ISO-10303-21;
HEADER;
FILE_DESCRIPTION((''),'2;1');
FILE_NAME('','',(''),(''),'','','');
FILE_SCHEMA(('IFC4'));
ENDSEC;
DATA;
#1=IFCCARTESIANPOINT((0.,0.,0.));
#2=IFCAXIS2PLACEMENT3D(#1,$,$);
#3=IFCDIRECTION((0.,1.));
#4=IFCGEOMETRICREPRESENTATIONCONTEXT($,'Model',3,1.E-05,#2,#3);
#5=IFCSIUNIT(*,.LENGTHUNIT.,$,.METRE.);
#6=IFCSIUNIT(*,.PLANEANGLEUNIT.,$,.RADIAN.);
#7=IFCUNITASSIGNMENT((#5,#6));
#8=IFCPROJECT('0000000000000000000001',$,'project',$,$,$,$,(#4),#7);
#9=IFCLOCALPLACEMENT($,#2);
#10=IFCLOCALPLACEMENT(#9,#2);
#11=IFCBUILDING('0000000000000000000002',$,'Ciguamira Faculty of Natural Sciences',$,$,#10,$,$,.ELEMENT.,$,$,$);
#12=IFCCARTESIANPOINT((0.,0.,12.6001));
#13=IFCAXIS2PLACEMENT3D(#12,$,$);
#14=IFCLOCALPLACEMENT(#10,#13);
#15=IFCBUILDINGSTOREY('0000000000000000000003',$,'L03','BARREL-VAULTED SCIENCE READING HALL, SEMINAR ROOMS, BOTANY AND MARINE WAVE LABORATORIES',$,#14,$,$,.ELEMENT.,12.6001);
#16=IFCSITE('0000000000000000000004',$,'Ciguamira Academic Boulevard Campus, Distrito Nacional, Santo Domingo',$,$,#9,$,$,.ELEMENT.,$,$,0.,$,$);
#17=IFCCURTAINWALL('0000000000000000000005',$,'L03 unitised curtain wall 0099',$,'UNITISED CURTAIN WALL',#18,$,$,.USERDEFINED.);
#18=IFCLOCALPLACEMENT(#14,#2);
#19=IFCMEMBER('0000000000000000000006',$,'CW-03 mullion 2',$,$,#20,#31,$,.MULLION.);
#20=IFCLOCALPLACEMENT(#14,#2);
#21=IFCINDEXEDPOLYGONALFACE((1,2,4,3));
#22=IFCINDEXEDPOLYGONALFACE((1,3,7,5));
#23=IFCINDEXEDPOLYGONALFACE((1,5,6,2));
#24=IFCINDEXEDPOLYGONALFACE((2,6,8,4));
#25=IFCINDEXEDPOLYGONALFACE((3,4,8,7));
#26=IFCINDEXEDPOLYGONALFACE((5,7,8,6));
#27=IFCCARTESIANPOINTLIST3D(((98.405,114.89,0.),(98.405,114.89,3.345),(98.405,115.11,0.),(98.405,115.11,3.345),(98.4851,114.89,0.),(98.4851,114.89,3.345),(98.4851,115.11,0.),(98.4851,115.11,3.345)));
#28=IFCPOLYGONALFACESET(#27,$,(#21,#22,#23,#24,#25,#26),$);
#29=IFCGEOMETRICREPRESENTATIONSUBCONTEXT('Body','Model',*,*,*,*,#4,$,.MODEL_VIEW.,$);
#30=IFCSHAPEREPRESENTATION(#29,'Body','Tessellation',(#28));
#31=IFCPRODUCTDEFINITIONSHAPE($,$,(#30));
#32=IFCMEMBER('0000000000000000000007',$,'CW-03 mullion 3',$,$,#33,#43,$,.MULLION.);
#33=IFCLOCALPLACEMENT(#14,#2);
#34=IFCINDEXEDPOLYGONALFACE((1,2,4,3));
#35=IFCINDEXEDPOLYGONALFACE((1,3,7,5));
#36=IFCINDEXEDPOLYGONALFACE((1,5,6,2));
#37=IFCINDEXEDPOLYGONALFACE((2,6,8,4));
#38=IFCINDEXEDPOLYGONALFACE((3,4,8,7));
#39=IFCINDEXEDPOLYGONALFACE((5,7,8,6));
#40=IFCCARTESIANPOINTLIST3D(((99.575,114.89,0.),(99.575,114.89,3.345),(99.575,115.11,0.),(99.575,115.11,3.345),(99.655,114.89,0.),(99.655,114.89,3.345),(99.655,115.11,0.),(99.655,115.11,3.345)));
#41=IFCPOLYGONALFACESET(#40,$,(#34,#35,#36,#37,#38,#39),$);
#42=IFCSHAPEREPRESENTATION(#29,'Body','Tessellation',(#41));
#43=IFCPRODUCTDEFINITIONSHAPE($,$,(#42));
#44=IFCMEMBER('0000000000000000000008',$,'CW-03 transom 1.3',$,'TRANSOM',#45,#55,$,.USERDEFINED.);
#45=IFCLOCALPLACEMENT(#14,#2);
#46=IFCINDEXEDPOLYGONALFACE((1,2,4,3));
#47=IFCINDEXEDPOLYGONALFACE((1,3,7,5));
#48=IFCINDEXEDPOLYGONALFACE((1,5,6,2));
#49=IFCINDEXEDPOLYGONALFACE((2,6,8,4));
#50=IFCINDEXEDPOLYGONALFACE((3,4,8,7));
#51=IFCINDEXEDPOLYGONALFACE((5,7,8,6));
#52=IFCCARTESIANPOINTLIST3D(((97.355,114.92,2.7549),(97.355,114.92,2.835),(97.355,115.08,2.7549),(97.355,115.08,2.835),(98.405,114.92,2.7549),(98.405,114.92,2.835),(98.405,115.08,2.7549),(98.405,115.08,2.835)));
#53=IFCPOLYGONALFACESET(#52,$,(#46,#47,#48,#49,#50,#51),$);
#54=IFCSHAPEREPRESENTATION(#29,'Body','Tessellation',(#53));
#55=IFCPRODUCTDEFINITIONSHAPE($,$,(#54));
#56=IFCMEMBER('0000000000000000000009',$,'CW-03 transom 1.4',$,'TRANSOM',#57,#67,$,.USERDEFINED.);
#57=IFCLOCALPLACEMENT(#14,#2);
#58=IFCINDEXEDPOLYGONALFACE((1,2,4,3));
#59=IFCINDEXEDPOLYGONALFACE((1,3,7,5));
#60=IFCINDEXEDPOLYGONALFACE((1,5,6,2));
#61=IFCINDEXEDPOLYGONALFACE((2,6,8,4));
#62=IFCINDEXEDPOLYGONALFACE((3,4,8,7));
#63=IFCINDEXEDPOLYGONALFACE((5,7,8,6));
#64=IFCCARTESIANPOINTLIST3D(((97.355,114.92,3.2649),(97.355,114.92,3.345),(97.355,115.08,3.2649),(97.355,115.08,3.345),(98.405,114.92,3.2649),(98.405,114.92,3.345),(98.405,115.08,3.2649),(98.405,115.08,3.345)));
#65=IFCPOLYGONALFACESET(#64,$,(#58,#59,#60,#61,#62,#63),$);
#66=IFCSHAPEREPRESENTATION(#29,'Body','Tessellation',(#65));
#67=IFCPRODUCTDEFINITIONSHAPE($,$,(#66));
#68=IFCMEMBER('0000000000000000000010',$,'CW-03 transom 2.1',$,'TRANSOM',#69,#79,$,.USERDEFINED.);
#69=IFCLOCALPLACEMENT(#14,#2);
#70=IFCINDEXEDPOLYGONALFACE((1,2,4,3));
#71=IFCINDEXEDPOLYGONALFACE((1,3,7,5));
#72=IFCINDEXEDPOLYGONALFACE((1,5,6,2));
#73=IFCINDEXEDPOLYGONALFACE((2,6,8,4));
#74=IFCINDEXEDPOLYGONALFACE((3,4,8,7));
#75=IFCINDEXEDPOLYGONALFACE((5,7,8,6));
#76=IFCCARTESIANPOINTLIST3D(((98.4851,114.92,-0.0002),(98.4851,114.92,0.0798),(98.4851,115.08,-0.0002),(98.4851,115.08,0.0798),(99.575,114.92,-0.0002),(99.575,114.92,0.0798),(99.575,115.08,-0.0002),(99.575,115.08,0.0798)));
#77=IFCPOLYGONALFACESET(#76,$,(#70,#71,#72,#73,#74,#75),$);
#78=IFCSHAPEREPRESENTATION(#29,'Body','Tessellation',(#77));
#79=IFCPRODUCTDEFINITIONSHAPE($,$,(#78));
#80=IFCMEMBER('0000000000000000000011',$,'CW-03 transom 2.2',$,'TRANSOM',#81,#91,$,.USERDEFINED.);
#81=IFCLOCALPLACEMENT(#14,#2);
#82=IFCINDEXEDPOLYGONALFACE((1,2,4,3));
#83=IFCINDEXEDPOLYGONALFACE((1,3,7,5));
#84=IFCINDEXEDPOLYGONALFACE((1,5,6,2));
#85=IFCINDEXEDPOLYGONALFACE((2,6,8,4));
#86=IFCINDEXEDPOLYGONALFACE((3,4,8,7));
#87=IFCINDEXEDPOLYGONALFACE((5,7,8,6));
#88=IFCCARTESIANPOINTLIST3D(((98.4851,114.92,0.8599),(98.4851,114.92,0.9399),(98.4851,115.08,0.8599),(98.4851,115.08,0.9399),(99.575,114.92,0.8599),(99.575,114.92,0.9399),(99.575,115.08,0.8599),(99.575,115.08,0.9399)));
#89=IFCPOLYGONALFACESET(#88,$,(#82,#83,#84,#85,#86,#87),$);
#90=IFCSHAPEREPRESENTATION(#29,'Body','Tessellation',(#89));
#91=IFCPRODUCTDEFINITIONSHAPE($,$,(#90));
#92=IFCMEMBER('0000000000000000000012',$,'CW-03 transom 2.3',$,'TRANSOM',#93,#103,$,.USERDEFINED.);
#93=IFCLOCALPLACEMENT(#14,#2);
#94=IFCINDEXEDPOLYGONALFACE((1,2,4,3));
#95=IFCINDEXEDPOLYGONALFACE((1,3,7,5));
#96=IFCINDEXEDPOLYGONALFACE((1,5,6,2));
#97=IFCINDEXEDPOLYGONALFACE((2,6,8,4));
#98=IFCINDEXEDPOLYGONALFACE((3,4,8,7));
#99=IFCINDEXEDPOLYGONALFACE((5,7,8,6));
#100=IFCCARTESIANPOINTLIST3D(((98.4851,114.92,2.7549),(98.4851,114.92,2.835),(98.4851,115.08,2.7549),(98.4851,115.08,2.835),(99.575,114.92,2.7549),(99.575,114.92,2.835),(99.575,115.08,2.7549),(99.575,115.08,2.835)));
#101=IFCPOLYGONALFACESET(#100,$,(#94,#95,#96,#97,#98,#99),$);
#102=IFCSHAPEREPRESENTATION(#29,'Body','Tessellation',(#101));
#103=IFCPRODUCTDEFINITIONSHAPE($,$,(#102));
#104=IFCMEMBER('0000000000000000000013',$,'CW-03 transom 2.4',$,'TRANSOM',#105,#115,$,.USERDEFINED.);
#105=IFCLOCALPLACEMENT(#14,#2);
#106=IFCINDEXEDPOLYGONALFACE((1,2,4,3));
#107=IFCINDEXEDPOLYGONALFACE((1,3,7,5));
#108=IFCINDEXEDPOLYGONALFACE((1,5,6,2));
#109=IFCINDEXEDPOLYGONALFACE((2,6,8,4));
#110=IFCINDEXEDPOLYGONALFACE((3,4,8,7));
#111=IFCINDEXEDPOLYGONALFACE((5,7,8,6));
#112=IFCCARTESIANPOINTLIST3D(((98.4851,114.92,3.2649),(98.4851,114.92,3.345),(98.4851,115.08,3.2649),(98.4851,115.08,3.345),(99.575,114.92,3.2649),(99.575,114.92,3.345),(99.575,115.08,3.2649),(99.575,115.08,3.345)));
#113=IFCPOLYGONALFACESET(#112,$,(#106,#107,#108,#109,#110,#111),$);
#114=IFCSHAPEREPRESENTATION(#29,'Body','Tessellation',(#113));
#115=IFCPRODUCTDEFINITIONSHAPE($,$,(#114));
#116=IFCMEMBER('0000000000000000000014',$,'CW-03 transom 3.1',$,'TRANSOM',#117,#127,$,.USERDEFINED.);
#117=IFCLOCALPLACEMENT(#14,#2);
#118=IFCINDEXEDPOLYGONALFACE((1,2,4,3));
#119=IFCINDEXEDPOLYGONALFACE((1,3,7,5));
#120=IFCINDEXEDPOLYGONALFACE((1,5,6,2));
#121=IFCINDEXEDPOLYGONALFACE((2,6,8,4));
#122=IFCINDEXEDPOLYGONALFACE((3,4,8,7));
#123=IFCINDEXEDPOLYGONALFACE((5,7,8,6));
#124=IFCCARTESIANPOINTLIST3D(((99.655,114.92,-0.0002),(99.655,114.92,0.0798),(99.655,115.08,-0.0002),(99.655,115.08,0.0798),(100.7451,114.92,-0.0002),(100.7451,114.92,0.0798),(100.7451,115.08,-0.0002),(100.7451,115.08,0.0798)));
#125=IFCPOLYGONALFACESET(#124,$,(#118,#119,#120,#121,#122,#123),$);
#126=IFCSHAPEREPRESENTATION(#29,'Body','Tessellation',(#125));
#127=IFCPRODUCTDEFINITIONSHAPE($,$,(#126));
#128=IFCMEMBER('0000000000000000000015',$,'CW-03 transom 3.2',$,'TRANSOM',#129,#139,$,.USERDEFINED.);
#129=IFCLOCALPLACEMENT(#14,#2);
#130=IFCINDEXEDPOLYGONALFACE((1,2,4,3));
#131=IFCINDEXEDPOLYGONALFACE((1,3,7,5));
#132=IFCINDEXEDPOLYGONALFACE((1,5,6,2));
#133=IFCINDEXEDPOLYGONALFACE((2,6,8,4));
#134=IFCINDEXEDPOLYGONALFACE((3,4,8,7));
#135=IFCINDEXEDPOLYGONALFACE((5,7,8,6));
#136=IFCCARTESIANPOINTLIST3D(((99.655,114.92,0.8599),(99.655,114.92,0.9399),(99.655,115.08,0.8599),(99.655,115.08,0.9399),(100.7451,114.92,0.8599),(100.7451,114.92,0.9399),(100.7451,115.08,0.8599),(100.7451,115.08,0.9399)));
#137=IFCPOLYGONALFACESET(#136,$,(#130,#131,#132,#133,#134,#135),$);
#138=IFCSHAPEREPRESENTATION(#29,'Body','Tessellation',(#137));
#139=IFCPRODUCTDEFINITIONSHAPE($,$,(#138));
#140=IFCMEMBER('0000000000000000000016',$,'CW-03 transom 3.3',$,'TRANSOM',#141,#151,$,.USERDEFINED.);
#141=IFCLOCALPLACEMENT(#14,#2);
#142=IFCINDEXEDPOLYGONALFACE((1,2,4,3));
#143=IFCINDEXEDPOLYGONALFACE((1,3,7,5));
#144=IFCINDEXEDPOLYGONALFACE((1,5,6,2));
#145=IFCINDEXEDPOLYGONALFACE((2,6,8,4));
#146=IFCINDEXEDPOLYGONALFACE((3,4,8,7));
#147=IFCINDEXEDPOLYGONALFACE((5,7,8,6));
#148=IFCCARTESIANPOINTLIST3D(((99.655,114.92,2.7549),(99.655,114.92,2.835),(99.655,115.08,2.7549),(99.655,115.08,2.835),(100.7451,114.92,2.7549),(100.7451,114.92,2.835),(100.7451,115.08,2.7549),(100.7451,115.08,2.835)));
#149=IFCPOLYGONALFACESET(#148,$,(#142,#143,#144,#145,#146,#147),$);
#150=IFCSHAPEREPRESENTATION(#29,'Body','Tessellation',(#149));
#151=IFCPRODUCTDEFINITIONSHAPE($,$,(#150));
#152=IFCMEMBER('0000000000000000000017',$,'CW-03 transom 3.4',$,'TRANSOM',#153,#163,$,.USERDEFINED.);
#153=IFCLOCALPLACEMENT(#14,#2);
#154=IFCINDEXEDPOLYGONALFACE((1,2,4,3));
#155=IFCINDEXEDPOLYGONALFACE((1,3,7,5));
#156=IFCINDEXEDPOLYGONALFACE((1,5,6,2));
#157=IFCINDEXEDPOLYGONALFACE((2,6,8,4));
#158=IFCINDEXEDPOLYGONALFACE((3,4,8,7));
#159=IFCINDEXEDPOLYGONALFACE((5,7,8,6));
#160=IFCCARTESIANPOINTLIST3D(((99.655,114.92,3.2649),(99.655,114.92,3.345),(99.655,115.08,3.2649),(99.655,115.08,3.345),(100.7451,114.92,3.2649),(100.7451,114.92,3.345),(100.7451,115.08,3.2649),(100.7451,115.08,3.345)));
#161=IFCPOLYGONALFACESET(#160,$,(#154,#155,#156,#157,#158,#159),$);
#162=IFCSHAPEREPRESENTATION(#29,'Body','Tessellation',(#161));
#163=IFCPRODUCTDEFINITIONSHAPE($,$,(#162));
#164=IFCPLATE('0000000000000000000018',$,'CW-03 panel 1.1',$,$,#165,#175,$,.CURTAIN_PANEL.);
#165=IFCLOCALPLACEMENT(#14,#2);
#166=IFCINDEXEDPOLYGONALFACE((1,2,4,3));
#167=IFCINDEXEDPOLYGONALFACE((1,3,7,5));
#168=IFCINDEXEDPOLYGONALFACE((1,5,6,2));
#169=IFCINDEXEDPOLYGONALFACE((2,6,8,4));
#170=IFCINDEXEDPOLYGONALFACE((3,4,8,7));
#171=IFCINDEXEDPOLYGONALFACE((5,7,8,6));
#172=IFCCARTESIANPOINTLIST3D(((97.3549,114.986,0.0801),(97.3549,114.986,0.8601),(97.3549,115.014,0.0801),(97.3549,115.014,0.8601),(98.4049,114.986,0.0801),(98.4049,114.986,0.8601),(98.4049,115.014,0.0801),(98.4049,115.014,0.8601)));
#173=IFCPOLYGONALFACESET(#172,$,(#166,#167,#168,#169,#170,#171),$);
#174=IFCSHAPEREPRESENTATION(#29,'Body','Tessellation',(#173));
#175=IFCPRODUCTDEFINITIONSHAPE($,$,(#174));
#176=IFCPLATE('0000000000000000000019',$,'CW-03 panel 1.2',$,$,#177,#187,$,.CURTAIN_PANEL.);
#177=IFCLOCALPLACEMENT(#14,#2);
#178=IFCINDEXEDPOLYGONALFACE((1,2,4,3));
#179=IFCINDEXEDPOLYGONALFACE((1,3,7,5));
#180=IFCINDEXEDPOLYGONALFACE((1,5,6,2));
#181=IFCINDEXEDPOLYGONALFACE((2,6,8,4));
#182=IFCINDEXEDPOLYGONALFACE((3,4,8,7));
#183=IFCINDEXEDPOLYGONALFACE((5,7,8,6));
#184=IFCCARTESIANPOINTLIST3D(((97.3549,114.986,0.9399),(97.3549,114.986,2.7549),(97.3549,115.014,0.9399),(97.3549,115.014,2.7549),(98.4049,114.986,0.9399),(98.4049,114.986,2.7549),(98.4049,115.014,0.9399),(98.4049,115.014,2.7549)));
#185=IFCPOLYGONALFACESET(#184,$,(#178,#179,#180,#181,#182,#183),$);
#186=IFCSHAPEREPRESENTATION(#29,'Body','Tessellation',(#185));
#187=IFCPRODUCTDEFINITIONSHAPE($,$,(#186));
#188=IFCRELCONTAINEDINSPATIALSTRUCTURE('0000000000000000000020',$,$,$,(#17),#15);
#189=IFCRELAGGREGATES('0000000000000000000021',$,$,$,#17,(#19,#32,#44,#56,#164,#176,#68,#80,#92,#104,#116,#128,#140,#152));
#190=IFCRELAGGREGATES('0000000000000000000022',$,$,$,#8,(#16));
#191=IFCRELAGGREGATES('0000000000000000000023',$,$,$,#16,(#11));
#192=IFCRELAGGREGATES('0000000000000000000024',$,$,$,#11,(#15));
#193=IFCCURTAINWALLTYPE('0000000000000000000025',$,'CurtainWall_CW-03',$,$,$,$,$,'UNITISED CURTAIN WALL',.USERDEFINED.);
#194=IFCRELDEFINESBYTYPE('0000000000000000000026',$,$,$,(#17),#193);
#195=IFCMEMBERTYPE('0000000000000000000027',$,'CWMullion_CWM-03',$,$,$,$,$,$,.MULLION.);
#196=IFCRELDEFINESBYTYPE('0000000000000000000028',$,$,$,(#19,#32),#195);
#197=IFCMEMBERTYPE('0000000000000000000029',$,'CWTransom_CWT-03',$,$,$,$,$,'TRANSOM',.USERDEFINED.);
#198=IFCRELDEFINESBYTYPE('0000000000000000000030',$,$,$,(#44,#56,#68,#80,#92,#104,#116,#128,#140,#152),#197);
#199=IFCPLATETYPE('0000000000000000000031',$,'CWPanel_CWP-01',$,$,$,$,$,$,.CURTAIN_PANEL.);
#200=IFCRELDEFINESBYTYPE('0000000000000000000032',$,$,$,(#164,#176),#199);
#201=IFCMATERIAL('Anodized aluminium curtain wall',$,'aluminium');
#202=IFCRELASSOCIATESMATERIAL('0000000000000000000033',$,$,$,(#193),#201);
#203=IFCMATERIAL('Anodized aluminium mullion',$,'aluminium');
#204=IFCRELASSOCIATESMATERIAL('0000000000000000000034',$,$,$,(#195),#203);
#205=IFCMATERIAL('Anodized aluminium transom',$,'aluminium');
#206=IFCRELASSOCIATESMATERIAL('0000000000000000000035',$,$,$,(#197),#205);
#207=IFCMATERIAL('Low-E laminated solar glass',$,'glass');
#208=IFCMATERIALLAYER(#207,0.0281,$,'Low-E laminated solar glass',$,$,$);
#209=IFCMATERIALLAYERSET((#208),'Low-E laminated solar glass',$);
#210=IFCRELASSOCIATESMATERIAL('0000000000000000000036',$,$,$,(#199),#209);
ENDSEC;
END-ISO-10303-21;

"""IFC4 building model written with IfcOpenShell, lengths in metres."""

from ifc_helpers import new_model, si_unit, direction, frame, origin, origin_2d, place, context, subcontext, project, spatial, rectangle, extrude, material, layer, layer_set, material_profile, profile_set, type_object, element, aggregate, save


model = new_model("IFC4")

# Units and contexts
model_context = context("Model", 3, precision=1e-05, world=origin(), true_north=direction((0.0, 1.0)))
body_context = subcontext(model_context, "Body", "Model", "MODEL_VIEW")
ifc_project = project(units=[si_unit("LENGTHUNIT", "METRE"), si_unit("PLANEANGLEUNIT", "RADIAN")], contexts=[model_context])

# Site, building, storey
site_placement = place(None, origin())
site = spatial("IfcSite", under=ifc_project, at=site_placement, Name="Ciguamira Academic Boulevard Campus, Distrito Nacional, Santo Domingo", CompositionType="ELEMENT", RefElevation=0.0)
building_placement = place(site_placement, origin())
building = spatial("IfcBuilding", under=site, at=building_placement, Name="Ciguamira Faculty of Natural Sciences", CompositionType="ELEMENT")
storey_placement = place(building_placement, frame((0.0, 0.0, 12.6001)))
storey = spatial("IfcBuildingStorey", under=building, at=storey_placement, Name="L03", Description="BARREL-VAULTED SCIENCE READING HALL, SEMINAR ROOMS, BOTANY AND MARINE WAVE LABORATORIES", CompositionType="ELEMENT", Elevation=12.6001)

# Curtain wall, members, plates
ifc_material_1 = material(Name="Anodized aluminium curtain wall", Category="aluminium")
curtain_wall_type = type_object("IfcCurtainWallType", Name="CurtainWall_CW-03", ElementType="UNITISED CURTAIN WALL", PredefinedType="USERDEFINED", material=ifc_material_1)
curtain_wall_placement = place(storey_placement, origin())
curtain_wall = element("IfcCurtainWall", 1, at=curtain_wall_placement, inside=storey, type_object=curtain_wall_type, Name="L03 unitised curtain wall 0099", ObjectType="UNITISED CURTAIN WALL", PredefinedType="USERDEFINED")
ifc_material_2 = material(Name="Anodized aluminium mullion", Category="aluminium")
ifc_material_profile_1 = material_profile(ifc_material_2, rectangle(XDim=0.0801, YDim=0.22, at=origin_2d()), Name="ALU-MUL-80X220")
ifc_profile_set_1 = profile_set([ifc_material_profile_1], Name="Anodized aluminium mullion")
member_type_1 = type_object("IfcMemberType", Name="CWMullion_CWM-03", PredefinedType="MULLION", material=ifc_profile_set_1)
member_1_placement = place(storey_placement, frame((98.4451, 115.0, 0.0), z_axis=(0.0, 0.0, 1.0), x_axis=(1.0, 0.0, 0.0)))
member_1 = element("IfcMember", 2, at=member_1_placement, type_object=member_type_1, Name="CW-03 mullion 2", PredefinedType="MULLION", context=body_context, shape_type="SweptSolid", body=[
    extrude(rectangle(XDim=0.0801, YDim=0.22, at=origin_2d()), origin(), (0.0, 0.0, 1.0), 3.345),
])
member_2_placement = place(storey_placement, frame((99.615, 115.0, 0.0), z_axis=(0.0, 0.0, 1.0), x_axis=(1.0, 0.0, 0.0)))
member_2 = element("IfcMember", 3, at=member_2_placement, type_object=member_type_1, Name="CW-03 mullion 3", PredefinedType="MULLION", context=body_context, shape_type="SweptSolid", body=[
    extrude(rectangle(XDim=0.0801, YDim=0.22, at=origin_2d()), origin(), (0.0, 0.0, 1.0), 3.345),
])
ifc_material_3 = material(Name="Anodized aluminium transom", Category="aluminium")
ifc_material_profile_2 = material_profile(ifc_material_3, rectangle(XDim=0.0801, YDim=0.1599, at=origin_2d()), Name="ALU-TRN-80X160")
ifc_profile_set_2 = profile_set([ifc_material_profile_2], Name="Anodized aluminium transom")
member_type_2 = type_object("IfcMemberType", Name="CWTransom_CWT-03", ElementType="TRANSOM", PredefinedType="USERDEFINED", material=ifc_profile_set_2)
member_3_placement = place(storey_placement, frame((97.355, 115.0, 2.7949), z_axis=(1.0, 0.0, 0.0), x_axis=(0.0, 0.0, 1.0)))
member_3 = element("IfcMember", 4, at=member_3_placement, type_object=member_type_2, Name="CW-03 transom 1.3", ObjectType="TRANSOM", PredefinedType="USERDEFINED", context=body_context, shape_type="SweptSolid", body=[
    extrude(rectangle(XDim=0.0801, YDim=0.1599, at=origin_2d()), origin(), (0.0, 0.0, 1.0), 1.05),
])
member_4_placement = place(storey_placement, frame((97.355, 115.0, 3.3049), z_axis=(1.0, 0.0, 0.0), x_axis=(0.0, 0.0, 1.0)))
member_4 = element("IfcMember", 5, at=member_4_placement, type_object=member_type_2, Name="CW-03 transom 1.4", ObjectType="TRANSOM", PredefinedType="USERDEFINED", context=body_context, shape_type="SweptSolid", body=[
    extrude(rectangle(XDim=0.0801, YDim=0.1599, at=origin_2d()), origin(), (0.0, 0.0, 1.0), 1.05),
])
member_5_placement = place(storey_placement, frame((98.4851, 115.0, 0.0398), z_axis=(1.0, 0.0, 0.0), x_axis=(0.0, 0.0, 1.0)))
member_5 = element("IfcMember", 6, at=member_5_placement, type_object=member_type_2, Name="CW-03 transom 2.1", ObjectType="TRANSOM", PredefinedType="USERDEFINED", context=body_context, shape_type="SweptSolid", body=[
    extrude(rectangle(XDim=0.0801, YDim=0.1599, at=origin_2d()), origin(), (0.0, 0.0, 1.0), 1.0898),
])
member_6_placement = place(storey_placement, frame((98.4851, 115.0, 0.8999), z_axis=(1.0, 0.0, 0.0), x_axis=(0.0, 0.0, 1.0)))
member_6 = element("IfcMember", 7, at=member_6_placement, type_object=member_type_2, Name="CW-03 transom 2.2", ObjectType="TRANSOM", PredefinedType="USERDEFINED", context=body_context, shape_type="SweptSolid", body=[
    extrude(rectangle(XDim=0.0801, YDim=0.1599, at=origin_2d()), origin(), (0.0, 0.0, 1.0), 1.0898),
])
member_7_placement = place(storey_placement, frame((98.4851, 115.0, 2.7949), z_axis=(1.0, 0.0, 0.0), x_axis=(0.0, 0.0, 1.0)))
member_7 = element("IfcMember", 8, at=member_7_placement, type_object=member_type_2, Name="CW-03 transom 2.3", ObjectType="TRANSOM", PredefinedType="USERDEFINED", context=body_context, shape_type="SweptSolid", body=[
    extrude(rectangle(XDim=0.0801, YDim=0.1599, at=origin_2d()), origin(), (0.0, 0.0, 1.0), 1.0898),
])
member_8_placement = place(storey_placement, frame((98.4851, 115.0, 3.3049), z_axis=(1.0, 0.0, 0.0), x_axis=(0.0, 0.0, 1.0)))
member_8 = element("IfcMember", 9, at=member_8_placement, type_object=member_type_2, Name="CW-03 transom 2.4", ObjectType="TRANSOM", PredefinedType="USERDEFINED", context=body_context, shape_type="SweptSolid", body=[
    extrude(rectangle(XDim=0.0801, YDim=0.1599, at=origin_2d()), origin(), (0.0, 0.0, 1.0), 1.0898),
])
member_9_placement = place(storey_placement, frame((99.655, 115.0, 0.0398), z_axis=(1.0, 0.0, 0.0), x_axis=(0.0, 0.0, 1.0)))
member_9 = element("IfcMember", 10, at=member_9_placement, type_object=member_type_2, Name="CW-03 transom 3.1", ObjectType="TRANSOM", PredefinedType="USERDEFINED", context=body_context, shape_type="SweptSolid", body=[
    extrude(rectangle(XDim=0.0801, YDim=0.1599, at=origin_2d()), origin(), (0.0, 0.0, 1.0), 1.0901),
])
member_10_placement = place(storey_placement, frame((99.655, 115.0, 0.8999), z_axis=(1.0, 0.0, 0.0), x_axis=(0.0, 0.0, 1.0)))
member_10 = element("IfcMember", 11, at=member_10_placement, type_object=member_type_2, Name="CW-03 transom 3.2", ObjectType="TRANSOM", PredefinedType="USERDEFINED", context=body_context, shape_type="SweptSolid", body=[
    extrude(rectangle(XDim=0.0801, YDim=0.1599, at=origin_2d()), origin(), (0.0, 0.0, 1.0), 1.0901),
])
member_11_placement = place(storey_placement, frame((99.655, 115.0, 2.7949), z_axis=(1.0, 0.0, 0.0), x_axis=(0.0, 0.0, 1.0)))
member_11 = element("IfcMember", 12, at=member_11_placement, type_object=member_type_2, Name="CW-03 transom 3.3", ObjectType="TRANSOM", PredefinedType="USERDEFINED", context=body_context, shape_type="SweptSolid", body=[
    extrude(rectangle(XDim=0.0801, YDim=0.1599, at=origin_2d()), origin(), (0.0, 0.0, 1.0), 1.0901),
])
member_12_placement = place(storey_placement, frame((99.655, 115.0, 3.3049), z_axis=(1.0, 0.0, 0.0), x_axis=(0.0, 0.0, 1.0)))
member_12 = element("IfcMember", 13, at=member_12_placement, type_object=member_type_2, Name="CW-03 transom 3.4", ObjectType="TRANSOM", PredefinedType="USERDEFINED", context=body_context, shape_type="SweptSolid", body=[
    extrude(rectangle(XDim=0.0801, YDim=0.1599, at=origin_2d()), origin(), (0.0, 0.0, 1.0), 1.0901),
])
ifc_material_4 = material(Name="Low-E laminated solar glass", Category="glass")
ifc_layer = layer(ifc_material_4, 0.0281, Name="Low-E laminated solar glass")
ifc_layer_set = layer_set([ifc_layer], Name="Low-E laminated solar glass")
plate_type = type_object("IfcPlateType", Name="CWPanel_CWP-01", PredefinedType="CURTAIN_PANEL", material=ifc_layer_set)
plate_1_placement = place(storey_placement, frame((97.8799, 115.0, 0.0801), z_axis=(0.0, 0.0, 1.0), x_axis=(1.0, 0.0, 0.0)))
plate_1 = element("IfcPlate", 14, at=plate_1_placement, type_object=plate_type, Name="CW-03 panel 1.1", PredefinedType="CURTAIN_PANEL", context=body_context, shape_type="SweptSolid", body=[
    extrude(rectangle(XDim=1.05, YDim=0.0281, at=origin_2d()), origin(), (0.0, 0.0, 1.0), 0.78),
])
plate_2_placement = place(storey_placement, frame((97.8799, 115.0, 0.9399), z_axis=(0.0, 0.0, 1.0), x_axis=(1.0, 0.0, 0.0)))
plate_2 = element("IfcPlate", 15, at=plate_2_placement, type_object=plate_type, Name="CW-03 panel 1.2", PredefinedType="CURTAIN_PANEL", context=body_context, shape_type="SweptSolid", body=[
    extrude(rectangle(XDim=1.05, YDim=0.0281, at=origin_2d()), origin(), (0.0, 0.0, 1.0), 1.8149),
])
aggregate(curtain_wall, [member_1, member_2, member_3, member_4, plate_1, plate_2, member_5, member_6, member_7, member_8, member_9, member_10, member_11, member_12])

save(model, "model.ifc")
